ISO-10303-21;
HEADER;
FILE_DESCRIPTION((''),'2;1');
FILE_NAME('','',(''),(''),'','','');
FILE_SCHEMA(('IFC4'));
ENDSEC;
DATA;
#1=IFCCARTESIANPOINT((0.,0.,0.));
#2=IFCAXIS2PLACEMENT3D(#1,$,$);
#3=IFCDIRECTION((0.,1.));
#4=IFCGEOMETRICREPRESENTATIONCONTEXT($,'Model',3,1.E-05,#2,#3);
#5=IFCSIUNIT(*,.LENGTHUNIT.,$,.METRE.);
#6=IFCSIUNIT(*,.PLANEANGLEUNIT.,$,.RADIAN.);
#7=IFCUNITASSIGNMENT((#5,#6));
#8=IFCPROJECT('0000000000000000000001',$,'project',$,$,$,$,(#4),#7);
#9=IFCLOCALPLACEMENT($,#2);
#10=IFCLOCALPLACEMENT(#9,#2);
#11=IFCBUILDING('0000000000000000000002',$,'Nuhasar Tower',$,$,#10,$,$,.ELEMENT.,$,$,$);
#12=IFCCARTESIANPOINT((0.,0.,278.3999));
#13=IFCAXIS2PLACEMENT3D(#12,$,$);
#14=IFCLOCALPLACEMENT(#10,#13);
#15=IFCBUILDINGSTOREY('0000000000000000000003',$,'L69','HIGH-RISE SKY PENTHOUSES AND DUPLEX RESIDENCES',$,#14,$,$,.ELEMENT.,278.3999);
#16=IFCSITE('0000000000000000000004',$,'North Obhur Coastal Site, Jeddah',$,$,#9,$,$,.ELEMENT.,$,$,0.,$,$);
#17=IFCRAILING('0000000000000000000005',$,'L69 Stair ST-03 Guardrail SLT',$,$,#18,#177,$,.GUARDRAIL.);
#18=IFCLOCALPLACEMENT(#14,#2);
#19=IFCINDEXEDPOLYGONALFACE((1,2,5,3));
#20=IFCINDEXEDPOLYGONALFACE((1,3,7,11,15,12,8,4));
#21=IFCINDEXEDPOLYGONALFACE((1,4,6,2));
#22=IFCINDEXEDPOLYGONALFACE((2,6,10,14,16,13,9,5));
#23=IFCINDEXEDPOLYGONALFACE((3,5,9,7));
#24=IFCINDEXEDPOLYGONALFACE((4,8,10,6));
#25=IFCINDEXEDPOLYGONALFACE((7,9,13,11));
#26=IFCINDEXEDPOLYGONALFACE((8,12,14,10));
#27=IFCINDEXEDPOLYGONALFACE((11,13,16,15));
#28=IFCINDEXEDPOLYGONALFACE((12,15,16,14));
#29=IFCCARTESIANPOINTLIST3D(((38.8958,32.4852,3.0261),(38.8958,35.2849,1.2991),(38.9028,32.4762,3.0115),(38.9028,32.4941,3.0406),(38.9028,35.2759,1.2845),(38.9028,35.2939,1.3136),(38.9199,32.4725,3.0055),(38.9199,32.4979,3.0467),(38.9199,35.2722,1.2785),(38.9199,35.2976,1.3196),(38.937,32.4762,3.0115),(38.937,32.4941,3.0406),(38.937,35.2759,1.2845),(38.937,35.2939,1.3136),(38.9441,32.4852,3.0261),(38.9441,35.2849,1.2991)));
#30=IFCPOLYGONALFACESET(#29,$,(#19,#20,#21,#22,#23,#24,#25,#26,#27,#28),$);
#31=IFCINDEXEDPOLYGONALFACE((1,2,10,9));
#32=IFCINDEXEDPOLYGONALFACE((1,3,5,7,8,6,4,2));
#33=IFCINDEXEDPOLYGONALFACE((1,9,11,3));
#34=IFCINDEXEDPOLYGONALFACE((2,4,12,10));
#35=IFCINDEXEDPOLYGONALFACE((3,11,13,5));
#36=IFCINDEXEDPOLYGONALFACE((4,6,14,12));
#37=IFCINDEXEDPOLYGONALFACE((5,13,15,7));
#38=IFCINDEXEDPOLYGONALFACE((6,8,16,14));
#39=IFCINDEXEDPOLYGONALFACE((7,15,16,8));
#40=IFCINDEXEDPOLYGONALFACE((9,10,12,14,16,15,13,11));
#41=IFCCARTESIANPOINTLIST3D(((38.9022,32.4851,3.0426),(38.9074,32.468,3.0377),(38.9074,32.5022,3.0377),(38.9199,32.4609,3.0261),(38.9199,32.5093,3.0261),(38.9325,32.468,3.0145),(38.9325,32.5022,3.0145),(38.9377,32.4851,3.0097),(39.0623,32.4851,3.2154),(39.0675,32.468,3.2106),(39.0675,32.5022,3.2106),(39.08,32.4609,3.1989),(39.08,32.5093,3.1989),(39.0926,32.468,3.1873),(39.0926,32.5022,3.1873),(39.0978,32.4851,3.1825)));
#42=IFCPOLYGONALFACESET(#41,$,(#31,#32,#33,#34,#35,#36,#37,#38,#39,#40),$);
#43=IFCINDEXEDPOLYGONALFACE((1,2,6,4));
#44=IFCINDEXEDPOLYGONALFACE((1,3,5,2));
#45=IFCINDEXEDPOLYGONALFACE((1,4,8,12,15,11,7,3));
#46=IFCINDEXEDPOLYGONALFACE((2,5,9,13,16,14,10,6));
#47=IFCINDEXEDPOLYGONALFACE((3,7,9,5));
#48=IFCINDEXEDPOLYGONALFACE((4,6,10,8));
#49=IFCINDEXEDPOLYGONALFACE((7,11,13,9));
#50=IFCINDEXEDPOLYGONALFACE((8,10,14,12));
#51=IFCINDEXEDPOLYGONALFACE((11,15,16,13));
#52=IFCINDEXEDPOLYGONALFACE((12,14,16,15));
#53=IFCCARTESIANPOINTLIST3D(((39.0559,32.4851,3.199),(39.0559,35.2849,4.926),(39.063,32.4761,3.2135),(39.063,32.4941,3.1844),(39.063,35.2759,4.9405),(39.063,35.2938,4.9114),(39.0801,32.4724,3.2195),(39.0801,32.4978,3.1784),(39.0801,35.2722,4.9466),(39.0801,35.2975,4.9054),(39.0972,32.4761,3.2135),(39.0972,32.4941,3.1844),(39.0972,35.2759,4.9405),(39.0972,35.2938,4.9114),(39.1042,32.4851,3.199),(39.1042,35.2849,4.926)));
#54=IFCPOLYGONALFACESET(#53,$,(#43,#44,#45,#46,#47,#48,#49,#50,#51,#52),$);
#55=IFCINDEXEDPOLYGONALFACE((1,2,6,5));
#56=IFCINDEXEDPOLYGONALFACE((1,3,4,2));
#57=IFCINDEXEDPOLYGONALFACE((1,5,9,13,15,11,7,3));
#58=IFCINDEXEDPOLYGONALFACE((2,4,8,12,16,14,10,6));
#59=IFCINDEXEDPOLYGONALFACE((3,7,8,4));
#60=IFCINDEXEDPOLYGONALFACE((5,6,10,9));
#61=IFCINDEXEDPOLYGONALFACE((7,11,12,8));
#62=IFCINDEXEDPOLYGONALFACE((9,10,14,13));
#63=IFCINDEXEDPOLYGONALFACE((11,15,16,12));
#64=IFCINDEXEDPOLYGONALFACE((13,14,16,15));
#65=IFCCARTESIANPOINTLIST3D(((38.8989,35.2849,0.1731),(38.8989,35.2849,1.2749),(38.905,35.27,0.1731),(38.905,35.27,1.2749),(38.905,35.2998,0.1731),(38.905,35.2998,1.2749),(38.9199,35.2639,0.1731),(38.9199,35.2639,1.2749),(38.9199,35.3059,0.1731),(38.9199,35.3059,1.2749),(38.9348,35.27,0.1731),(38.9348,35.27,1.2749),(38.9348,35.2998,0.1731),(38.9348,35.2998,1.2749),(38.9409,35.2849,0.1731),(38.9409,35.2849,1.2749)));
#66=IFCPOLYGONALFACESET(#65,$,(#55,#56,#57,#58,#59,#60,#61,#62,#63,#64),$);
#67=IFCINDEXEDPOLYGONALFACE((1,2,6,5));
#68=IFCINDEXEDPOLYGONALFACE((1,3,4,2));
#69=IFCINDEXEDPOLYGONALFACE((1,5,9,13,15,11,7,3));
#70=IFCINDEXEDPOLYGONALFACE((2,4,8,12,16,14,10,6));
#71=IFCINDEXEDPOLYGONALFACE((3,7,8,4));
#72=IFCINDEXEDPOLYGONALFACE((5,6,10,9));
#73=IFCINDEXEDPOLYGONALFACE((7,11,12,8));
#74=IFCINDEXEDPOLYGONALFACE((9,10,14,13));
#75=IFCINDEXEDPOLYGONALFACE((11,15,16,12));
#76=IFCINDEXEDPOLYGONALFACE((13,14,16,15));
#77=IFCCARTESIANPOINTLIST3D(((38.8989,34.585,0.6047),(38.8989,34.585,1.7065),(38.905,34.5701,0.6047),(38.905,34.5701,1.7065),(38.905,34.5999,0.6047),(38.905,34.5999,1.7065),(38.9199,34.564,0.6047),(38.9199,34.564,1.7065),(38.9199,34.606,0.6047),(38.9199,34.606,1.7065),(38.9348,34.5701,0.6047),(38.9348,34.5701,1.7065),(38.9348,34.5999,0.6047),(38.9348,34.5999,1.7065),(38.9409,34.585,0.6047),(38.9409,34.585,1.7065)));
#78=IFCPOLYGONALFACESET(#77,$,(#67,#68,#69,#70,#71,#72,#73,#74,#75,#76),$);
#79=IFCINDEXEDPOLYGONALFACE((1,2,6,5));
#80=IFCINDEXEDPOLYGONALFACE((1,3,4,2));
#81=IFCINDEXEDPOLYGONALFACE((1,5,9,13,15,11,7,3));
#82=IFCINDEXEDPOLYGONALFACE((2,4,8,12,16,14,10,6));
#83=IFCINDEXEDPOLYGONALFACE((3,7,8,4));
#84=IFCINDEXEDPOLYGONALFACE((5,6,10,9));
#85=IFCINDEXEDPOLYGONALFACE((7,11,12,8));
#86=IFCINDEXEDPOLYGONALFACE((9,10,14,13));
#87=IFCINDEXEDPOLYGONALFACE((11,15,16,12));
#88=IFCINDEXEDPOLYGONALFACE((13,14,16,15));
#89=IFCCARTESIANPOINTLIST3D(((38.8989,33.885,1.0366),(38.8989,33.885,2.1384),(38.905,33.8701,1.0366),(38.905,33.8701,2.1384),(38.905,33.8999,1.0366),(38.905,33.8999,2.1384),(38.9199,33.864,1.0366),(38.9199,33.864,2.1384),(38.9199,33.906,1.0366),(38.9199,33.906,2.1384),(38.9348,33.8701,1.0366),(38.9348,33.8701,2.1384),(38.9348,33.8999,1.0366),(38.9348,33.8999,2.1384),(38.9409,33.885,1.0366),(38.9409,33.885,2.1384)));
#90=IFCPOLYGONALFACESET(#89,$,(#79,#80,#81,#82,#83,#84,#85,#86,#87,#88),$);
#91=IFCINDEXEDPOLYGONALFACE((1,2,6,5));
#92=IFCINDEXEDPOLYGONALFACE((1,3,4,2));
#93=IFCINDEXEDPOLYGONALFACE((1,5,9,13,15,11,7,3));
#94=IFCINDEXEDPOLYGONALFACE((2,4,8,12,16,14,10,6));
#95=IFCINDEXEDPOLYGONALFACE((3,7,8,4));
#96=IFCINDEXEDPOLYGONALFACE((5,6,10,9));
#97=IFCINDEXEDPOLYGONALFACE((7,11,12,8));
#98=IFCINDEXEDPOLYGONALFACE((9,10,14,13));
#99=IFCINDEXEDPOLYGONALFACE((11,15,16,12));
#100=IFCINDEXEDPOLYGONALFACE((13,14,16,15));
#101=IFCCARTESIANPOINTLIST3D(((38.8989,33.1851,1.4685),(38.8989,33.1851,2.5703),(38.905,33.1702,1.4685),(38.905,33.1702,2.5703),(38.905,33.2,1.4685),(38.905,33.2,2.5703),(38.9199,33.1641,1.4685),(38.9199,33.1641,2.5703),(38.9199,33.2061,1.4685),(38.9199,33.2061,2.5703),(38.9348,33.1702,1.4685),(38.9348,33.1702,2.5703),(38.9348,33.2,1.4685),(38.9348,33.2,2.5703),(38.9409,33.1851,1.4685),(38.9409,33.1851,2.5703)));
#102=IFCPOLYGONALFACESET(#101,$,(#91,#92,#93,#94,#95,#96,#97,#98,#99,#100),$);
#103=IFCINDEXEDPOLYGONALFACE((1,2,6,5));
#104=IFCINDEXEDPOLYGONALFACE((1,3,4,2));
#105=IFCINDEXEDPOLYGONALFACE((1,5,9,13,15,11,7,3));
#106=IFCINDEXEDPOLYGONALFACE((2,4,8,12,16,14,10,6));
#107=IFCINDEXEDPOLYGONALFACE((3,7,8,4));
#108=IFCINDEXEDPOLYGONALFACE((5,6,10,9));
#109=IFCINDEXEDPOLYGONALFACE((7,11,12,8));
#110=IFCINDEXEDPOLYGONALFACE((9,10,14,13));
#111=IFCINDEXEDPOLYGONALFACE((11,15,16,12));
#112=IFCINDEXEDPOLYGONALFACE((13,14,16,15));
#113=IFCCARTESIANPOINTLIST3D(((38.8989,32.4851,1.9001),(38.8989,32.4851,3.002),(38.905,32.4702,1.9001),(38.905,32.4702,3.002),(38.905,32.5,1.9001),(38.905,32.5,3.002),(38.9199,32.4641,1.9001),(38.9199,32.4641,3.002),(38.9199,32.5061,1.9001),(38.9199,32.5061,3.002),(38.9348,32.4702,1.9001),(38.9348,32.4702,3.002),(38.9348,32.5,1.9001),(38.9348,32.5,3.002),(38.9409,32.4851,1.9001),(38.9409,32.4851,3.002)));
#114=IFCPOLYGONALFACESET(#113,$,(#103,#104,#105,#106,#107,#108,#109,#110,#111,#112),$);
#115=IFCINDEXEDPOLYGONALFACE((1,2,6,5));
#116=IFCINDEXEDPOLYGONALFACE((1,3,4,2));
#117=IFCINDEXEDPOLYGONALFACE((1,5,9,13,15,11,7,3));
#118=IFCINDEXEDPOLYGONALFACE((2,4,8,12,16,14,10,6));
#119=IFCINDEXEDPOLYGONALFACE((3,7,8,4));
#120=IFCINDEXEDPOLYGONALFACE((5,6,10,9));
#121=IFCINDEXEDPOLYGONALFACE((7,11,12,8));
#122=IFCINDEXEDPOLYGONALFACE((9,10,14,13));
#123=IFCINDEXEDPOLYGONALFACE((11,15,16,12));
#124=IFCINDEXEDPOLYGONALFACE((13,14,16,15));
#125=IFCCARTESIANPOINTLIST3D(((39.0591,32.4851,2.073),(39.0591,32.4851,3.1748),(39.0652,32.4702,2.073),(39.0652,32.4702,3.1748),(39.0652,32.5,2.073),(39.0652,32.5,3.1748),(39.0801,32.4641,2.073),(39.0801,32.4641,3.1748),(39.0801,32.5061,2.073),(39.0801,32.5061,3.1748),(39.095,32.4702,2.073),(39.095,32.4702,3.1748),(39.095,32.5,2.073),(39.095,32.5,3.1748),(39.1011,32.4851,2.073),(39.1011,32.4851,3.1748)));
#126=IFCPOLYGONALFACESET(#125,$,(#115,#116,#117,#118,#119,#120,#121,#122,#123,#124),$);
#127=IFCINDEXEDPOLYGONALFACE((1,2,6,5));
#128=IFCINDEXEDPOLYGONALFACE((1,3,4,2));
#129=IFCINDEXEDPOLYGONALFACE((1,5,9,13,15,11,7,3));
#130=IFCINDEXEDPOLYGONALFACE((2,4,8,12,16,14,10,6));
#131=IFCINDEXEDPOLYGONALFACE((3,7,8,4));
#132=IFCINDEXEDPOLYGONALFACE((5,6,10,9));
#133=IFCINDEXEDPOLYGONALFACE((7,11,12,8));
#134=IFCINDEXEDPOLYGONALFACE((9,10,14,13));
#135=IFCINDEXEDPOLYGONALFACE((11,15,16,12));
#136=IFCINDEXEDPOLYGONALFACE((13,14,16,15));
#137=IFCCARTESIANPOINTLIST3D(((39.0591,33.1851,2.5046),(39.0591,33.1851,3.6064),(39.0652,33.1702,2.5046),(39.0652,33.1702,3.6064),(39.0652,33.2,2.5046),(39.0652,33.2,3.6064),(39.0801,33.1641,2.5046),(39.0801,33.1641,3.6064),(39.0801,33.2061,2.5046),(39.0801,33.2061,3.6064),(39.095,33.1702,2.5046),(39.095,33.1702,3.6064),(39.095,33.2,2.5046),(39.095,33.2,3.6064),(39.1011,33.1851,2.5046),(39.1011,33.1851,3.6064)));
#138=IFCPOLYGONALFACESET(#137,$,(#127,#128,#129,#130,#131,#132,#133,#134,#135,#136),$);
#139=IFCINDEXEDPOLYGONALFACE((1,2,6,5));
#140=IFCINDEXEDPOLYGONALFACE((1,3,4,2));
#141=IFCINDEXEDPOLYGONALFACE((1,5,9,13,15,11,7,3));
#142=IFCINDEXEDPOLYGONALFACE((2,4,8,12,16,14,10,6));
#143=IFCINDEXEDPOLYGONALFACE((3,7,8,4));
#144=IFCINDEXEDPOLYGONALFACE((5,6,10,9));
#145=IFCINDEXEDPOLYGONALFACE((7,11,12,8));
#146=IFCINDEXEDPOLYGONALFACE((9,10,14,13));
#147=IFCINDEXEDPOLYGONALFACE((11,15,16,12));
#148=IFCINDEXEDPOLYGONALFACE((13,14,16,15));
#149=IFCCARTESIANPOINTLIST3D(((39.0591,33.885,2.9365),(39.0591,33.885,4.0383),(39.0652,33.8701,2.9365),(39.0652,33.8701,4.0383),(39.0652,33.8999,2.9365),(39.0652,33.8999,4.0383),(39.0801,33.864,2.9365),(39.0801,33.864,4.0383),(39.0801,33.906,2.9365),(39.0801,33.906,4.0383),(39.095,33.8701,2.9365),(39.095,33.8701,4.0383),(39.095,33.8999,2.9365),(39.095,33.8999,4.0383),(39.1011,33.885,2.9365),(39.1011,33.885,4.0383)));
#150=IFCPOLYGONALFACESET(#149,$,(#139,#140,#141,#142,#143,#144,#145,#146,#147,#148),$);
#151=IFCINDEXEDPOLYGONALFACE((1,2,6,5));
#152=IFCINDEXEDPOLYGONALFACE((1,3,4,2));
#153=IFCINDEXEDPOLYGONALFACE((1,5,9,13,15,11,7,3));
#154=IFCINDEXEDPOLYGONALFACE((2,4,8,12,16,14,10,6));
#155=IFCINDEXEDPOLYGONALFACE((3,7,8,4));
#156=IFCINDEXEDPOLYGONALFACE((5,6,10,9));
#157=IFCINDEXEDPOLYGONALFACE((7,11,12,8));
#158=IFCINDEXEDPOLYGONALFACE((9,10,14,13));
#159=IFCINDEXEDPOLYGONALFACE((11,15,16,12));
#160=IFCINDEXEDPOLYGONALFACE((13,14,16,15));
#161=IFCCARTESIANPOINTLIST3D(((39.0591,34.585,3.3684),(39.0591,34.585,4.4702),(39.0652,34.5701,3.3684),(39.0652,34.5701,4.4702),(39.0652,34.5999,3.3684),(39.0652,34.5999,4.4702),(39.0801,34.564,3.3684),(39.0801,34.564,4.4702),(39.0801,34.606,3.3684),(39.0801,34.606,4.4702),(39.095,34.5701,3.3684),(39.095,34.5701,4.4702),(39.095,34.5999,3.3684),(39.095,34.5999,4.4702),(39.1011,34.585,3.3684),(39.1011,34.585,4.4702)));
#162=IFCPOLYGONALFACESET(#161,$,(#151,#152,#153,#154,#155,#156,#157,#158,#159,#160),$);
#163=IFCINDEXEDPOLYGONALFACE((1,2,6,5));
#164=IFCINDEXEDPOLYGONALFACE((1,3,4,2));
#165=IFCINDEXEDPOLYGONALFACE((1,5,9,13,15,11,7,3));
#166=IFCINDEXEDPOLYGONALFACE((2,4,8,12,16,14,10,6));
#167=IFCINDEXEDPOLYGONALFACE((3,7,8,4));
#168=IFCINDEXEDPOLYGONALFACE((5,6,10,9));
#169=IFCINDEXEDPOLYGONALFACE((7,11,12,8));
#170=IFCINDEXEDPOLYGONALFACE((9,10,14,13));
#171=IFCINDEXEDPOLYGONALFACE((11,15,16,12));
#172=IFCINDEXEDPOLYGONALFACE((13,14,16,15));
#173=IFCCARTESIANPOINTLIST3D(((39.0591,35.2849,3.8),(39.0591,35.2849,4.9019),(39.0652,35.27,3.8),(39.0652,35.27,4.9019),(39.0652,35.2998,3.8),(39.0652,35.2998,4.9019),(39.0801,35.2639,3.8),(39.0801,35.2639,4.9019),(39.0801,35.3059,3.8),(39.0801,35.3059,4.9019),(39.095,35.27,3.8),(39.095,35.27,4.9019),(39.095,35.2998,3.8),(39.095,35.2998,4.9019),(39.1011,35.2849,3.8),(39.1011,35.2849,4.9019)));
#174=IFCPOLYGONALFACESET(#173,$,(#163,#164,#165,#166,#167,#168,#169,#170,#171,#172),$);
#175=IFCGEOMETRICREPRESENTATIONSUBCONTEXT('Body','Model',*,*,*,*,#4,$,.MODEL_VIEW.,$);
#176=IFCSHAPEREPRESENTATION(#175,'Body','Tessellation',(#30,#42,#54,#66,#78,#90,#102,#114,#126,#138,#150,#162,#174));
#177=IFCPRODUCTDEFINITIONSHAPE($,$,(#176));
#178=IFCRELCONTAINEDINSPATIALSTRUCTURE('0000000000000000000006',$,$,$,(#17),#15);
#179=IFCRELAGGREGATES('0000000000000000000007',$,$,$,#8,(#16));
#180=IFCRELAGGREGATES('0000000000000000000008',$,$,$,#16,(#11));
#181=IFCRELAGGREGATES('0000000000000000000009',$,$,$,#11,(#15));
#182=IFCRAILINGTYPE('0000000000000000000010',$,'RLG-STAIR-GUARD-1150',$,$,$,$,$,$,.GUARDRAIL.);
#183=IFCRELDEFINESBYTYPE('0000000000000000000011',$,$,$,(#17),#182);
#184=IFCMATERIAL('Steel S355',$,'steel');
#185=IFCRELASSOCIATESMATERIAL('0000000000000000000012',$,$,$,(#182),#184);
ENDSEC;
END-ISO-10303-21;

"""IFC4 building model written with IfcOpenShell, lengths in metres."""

from ifc_helpers import new_model, si_unit, direction, frame, origin, place, context, subcontext, project, spatial, polyline, outline, extrude, material, type_object, element, save


model = new_model("IFC4")

# Units and contexts
model_context = context("Model", 3, precision=1e-05, world=origin(), true_north=direction((0.0, 1.0)))
body_context = subcontext(model_context, "Body", "Model", "MODEL_VIEW")
ifc_project = project(units=[si_unit("LENGTHUNIT", "METRE"), si_unit("PLANEANGLEUNIT", "RADIAN")], contexts=[model_context])

# Site, building, storey
site_placement = place(None, origin())
site = spatial("IfcSite", under=ifc_project, at=site_placement, Name="North Obhur Coastal Site, Jeddah", CompositionType="ELEMENT", RefElevation=0.0)
building_placement = place(site_placement, origin())
building = spatial("IfcBuilding", under=site, at=building_placement, Name="Nuhasar Tower", CompositionType="ELEMENT")
storey_placement = place(building_placement, frame((0.0, 0.0, 278.3999)))
storey = spatial("IfcBuildingStorey", under=building, at=storey_placement, Name="L69", Description="HIGH-RISE SKY PENTHOUSES AND DUPLEX RESIDENCES", CompositionType="ELEMENT", Elevation=278.3999)

# Shared definitions
ifc_material_1 = material(Name="Steel S355", Category="steel")

# Railing
railing_type_1 = type_object("IfcRailingType", Name="RLG-STAIR-GUARD-1150", PredefinedType="GUARDRAIL", material=ifc_material_1)
railing_1_placement = place(storey_placement, frame((38.9199, 35.2849, 0.1731)))
element("IfcRailing", 1, at=railing_1_placement, inside=storey, type_object=railing_type_1, Name="L69 Stair ST-03 Guardrail SLT", PredefinedType="GUARDRAIL", context=body_context, shape_type="SweptSolid", body=[
    extrude(outline(polyline([(0.0242, 0.0), (0.0171, 0.0171), (0.0, 0.0242), (-0.0171, 0.0171), (-0.0242, 0.0), (-0.0171, -0.0171), (0.0, -0.0242), (0.0171, -0.0171), (0.0242, 0.0)])), frame((0.0, 0.0, 1.126), z_axis=(0.0, -0.851102, 0.525), x_axis=(1.0, 0.0, 0.0)), (0.0, 0.0, 1.0), 3.2896),
    extrude(outline(polyline([(0.0242, 0.0), (0.0171, 0.0171), (0.0, 0.0242), (-0.0171, 0.0171), (-0.0242, 0.0), (-0.0171, -0.0171), (0.0, -0.0242), (0.0171, -0.0171), (0.0242, 0.0)])), frame((0.0, -2.7998, 2.853), z_axis=(0.679656, 0.0, 0.733531), x_axis=(0.0, 1.0, 0.0)), (0.0, 0.0, 1.0), 0.2356),
    extrude(outline(polyline([(0.0242, 0.0), (0.0171, 0.0171), (0.0, 0.0242), (-0.0171, 0.0171), (-0.0242, 0.0), (-0.0171, -0.0171), (0.0, -0.0242), (0.0171, -0.0171), (0.0242, 0.0)])), frame((0.1602, -2.7998, 3.0259), z_axis=(0.0, 0.851102, 0.525), x_axis=(-1.0, 0.0, 0.0)), (0.0, 0.0, 1.0), 3.2896),
    extrude(outline(polyline([(0.021, 0.0), (0.0149, 0.0149), (0.0, 0.021), (-0.0149, 0.0149), (-0.021, 0.0), (-0.0149, -0.0149), (0.0, -0.021), (0.0149, -0.0149), (0.021, 0.0)])), origin(), (0.0, 0.0, 1.0), 1.1018),
    extrude(outline(polyline([(0.021, 0.0), (0.0149, 0.0149), (0.0, 0.021), (-0.0149, 0.0149), (-0.021, 0.0), (-0.0149, -0.0149), (0.0, -0.021), (0.0149, -0.0149), (0.021, 0.0)])), frame((0.0, -0.7, 0.4316)), (0.0, 0.0, 1.0), 1.1018),
    extrude(outline(polyline([(0.021, 0.0), (0.0149, 0.0149), (0.0, 0.021), (-0.0149, 0.0149), (-0.021, 0.0), (-0.0149, -0.0149), (0.0, -0.021), (0.0149, -0.0149), (0.021, 0.0)])), frame((0.0, -1.3999, 0.8635)), (0.0, 0.0, 1.0), 1.1018),
    extrude(outline(polyline([(0.021, 0.0), (0.0149, 0.0149), (0.0, 0.021), (-0.0149, 0.0149), (-0.021, 0.0), (-0.0149, -0.0149), (0.0, -0.021), (0.0149, -0.0149), (0.021, 0.0)])), frame((0.0, -2.0999, 1.2954)), (0.0, 0.0, 1.0), 1.1018),
    extrude(outline(polyline([(0.021, 0.0), (0.0149, 0.0149), (0.0, 0.021), (-0.0149, 0.0149), (-0.021, 0.0), (-0.0149, -0.0149), (0.0, -0.021), (0.0149, -0.0149), (0.021, 0.0)])), frame((0.0, -2.7998, 1.7271)), (0.0, 0.0, 1.0), 1.1018),
    extrude(outline(polyline([(0.021, 0.0), (0.0149, 0.0149), (0.0, 0.021), (-0.0149, 0.0149), (-0.021, 0.0), (-0.0149, -0.0149), (0.0, -0.021), (0.0149, -0.0149), (0.021, 0.0)])), frame((0.1602, -2.7998, 1.8999)), (0.0, 0.0, 1.0), 1.1018),
    extrude(outline(polyline([(0.021, 0.0), (0.0149, 0.0149), (0.0, 0.021), (-0.0149, 0.0149), (-0.021, 0.0), (-0.0149, -0.0149), (0.0, -0.021), (0.0149, -0.0149), (0.021, 0.0)])), frame((0.1602, -2.0999, 2.3315)), (0.0, 0.0, 1.0), 1.1018),
    extrude(outline(polyline([(0.021, 0.0), (0.0149, 0.0149), (0.0, 0.021), (-0.0149, 0.0149), (-0.021, 0.0), (-0.0149, -0.0149), (0.0, -0.021), (0.0149, -0.0149), (0.021, 0.0)])), frame((0.1602, -1.3999, 2.7634)), (0.0, 0.0, 1.0), 1.1018),
    extrude(outline(polyline([(0.021, 0.0), (0.0149, 0.0149), (0.0, 0.021), (-0.0149, 0.0149), (-0.021, 0.0), (-0.0149, -0.0149), (0.0, -0.021), (0.0149, -0.0149), (0.021, 0.0)])), frame((0.1602, -0.7, 3.1953)), (0.0, 0.0, 1.0), 1.1018),
    extrude(outline(polyline([(0.021, 0.0), (0.0149, 0.0149), (0.0, 0.021), (-0.0149, 0.0149), (-0.021, 0.0), (-0.0149, -0.0149), (0.0, -0.021), (0.0149, -0.0149), (0.021, 0.0)])), frame((0.1602, 0.0, 3.627)), (0.0, 0.0, 1.0), 1.1018),
])

save(model, "model.ifc")
